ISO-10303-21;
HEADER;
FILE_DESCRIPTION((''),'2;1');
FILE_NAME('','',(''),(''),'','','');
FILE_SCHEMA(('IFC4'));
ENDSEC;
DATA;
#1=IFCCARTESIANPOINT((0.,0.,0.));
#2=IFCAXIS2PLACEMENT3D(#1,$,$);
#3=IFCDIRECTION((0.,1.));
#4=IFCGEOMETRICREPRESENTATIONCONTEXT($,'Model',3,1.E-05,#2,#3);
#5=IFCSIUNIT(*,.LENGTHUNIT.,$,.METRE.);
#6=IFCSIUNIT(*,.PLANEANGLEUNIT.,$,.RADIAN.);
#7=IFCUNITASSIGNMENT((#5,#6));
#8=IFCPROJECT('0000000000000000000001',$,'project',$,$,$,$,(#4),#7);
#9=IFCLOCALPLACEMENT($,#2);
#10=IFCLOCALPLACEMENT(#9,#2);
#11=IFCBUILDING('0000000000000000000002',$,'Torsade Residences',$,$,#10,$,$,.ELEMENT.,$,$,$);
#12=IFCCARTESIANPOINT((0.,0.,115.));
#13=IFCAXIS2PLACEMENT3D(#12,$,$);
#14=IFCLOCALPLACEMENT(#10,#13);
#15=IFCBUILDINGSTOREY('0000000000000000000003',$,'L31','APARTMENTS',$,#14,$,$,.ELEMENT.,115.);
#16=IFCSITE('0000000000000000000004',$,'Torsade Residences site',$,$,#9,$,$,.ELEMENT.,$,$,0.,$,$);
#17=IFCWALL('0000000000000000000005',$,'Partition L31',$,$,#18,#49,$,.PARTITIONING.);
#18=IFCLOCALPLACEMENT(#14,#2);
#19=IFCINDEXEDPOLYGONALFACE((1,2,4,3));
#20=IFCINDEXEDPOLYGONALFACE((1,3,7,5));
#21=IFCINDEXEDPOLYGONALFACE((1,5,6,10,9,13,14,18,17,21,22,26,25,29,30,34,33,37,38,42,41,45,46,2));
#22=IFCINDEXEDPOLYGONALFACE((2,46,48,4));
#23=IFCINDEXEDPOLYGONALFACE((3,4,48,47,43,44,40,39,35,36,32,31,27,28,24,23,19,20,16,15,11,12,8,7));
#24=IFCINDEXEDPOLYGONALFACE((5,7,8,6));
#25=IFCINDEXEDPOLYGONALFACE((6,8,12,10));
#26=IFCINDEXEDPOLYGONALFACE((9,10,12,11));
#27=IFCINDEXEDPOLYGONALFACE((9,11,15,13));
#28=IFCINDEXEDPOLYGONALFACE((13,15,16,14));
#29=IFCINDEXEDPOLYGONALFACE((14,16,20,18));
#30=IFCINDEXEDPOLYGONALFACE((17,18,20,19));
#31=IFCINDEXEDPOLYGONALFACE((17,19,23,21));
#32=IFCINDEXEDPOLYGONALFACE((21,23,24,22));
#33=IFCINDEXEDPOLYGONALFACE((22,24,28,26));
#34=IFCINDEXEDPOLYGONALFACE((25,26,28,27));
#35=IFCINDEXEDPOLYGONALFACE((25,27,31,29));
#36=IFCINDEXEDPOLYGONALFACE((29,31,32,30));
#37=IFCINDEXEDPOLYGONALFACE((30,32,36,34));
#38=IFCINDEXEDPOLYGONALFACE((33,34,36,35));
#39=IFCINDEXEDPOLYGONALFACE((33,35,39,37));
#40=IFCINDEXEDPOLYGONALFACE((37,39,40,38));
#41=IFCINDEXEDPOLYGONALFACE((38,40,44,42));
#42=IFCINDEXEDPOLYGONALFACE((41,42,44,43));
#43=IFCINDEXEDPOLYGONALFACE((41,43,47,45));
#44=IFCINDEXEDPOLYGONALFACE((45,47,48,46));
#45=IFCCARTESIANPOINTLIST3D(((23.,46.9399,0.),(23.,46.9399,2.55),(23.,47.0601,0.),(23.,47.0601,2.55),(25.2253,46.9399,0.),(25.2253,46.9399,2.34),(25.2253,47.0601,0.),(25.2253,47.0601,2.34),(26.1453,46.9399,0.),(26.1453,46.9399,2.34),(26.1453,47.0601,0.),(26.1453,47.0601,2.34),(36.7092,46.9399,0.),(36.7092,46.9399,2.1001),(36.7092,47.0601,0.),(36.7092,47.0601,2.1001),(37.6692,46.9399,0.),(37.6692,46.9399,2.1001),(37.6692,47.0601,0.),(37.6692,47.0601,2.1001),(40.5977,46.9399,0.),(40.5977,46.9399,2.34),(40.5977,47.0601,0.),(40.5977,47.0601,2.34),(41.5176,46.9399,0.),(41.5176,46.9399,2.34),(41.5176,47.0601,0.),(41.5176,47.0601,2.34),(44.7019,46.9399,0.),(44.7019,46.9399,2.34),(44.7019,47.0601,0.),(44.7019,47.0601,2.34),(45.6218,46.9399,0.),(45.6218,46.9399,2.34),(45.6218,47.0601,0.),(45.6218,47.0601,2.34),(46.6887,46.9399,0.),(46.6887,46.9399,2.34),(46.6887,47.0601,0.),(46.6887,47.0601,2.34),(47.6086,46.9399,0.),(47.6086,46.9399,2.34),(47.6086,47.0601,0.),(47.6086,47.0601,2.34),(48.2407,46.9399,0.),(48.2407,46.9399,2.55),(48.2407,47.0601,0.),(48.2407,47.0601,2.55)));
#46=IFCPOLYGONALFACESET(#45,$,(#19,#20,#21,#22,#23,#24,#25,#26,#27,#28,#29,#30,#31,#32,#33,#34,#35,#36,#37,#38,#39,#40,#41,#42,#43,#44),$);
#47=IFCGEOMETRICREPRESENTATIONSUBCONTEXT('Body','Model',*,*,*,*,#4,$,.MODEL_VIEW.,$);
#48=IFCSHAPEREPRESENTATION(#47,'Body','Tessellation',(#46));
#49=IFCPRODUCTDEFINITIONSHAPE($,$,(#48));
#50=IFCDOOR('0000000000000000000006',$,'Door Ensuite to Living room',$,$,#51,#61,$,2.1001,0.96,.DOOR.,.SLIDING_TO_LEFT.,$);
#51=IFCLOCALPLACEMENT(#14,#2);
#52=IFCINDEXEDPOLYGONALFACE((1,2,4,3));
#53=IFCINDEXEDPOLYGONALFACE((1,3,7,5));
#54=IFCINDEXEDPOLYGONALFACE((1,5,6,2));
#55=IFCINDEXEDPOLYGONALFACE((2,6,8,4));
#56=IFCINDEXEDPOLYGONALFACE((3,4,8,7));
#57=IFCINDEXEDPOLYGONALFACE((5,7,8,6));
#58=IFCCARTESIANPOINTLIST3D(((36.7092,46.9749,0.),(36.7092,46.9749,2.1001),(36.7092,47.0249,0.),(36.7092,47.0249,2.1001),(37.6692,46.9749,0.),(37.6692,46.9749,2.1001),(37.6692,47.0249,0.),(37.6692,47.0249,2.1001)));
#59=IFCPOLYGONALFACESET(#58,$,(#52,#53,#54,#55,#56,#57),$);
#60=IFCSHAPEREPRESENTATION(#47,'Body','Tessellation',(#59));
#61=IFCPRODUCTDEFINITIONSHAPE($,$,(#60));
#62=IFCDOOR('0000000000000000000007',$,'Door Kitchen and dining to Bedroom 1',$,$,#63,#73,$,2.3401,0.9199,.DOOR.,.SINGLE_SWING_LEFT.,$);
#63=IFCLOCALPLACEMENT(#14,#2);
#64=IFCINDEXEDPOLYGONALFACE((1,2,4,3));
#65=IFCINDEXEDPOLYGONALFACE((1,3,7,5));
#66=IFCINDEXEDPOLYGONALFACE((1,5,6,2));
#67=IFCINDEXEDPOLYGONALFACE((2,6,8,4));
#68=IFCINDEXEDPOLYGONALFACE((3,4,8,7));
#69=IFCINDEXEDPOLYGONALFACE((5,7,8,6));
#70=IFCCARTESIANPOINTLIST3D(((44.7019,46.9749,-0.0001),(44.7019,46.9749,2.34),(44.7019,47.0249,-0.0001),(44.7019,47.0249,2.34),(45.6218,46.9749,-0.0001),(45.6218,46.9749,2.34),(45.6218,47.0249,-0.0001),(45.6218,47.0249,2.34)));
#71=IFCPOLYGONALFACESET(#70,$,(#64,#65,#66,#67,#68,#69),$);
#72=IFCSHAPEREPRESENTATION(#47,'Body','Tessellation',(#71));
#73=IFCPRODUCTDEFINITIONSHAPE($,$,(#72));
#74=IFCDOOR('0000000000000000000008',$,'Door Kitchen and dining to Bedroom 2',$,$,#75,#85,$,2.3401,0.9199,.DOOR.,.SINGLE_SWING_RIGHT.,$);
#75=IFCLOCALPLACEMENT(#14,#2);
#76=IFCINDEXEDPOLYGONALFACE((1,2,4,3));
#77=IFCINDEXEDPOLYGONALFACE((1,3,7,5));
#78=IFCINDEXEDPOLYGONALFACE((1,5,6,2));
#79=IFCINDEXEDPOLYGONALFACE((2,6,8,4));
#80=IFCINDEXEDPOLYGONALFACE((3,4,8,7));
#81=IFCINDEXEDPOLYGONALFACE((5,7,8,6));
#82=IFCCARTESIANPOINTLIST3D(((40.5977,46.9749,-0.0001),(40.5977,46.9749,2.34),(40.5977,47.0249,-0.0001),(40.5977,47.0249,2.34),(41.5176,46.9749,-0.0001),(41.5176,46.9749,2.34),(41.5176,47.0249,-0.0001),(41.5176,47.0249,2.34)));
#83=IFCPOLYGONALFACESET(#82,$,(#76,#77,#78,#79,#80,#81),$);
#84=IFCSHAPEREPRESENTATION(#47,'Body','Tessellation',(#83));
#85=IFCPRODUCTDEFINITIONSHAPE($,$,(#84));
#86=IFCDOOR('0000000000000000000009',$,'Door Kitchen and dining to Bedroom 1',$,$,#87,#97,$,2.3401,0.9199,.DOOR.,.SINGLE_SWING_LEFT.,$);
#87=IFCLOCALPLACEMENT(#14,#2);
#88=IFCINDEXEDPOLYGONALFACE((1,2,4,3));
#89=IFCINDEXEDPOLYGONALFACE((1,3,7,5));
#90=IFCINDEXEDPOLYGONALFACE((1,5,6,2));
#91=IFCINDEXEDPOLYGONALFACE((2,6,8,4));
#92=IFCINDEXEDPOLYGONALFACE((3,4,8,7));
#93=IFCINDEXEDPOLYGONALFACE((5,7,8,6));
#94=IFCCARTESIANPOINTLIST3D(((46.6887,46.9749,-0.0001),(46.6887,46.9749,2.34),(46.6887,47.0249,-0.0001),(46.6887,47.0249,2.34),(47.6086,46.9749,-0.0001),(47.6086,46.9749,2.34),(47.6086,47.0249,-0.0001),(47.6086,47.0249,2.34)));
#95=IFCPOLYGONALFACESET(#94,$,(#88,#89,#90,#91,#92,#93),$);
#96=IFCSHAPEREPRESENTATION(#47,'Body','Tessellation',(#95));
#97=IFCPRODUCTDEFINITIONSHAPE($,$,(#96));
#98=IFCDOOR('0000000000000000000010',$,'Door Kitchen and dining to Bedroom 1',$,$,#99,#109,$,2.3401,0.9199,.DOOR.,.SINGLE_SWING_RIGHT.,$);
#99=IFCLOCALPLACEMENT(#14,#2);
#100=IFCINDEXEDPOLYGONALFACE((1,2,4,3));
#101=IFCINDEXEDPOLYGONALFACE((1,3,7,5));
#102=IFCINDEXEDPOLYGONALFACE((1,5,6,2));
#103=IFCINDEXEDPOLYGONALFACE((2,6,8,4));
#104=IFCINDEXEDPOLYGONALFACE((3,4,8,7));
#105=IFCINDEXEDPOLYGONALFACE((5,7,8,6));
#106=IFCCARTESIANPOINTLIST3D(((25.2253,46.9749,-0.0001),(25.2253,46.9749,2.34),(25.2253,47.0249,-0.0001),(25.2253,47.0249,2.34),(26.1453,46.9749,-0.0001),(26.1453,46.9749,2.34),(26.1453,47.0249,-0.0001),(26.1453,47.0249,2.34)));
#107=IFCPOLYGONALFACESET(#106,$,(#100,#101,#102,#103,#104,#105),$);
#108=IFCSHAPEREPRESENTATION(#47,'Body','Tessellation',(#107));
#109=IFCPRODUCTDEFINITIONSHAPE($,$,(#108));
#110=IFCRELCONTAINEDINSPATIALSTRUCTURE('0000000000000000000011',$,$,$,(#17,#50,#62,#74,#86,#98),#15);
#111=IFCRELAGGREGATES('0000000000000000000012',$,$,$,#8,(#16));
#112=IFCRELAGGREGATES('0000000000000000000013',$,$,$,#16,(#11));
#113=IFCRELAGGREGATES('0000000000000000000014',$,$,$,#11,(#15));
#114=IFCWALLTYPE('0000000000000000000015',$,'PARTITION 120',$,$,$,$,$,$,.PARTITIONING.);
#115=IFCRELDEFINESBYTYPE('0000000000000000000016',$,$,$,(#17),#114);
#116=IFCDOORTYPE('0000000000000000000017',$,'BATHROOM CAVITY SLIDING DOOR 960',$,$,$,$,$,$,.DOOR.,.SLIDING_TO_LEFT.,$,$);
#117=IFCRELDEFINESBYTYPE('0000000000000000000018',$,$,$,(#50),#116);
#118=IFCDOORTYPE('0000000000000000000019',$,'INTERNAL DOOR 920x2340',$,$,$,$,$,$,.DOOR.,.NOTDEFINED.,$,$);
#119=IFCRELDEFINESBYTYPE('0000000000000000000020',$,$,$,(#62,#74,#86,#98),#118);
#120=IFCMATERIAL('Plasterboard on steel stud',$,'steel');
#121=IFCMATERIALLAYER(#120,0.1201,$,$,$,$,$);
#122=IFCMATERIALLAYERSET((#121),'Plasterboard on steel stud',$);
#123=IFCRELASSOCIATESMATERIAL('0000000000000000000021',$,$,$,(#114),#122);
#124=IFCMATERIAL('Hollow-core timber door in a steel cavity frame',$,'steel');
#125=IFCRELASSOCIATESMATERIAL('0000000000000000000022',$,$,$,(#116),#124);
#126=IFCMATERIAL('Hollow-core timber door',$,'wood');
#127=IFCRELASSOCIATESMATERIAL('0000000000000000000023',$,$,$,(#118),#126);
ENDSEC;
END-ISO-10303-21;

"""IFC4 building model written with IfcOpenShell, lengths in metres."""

from ifc_helpers import new_model, si_unit, direction, frame, frame_2d, origin, place, context, subcontext, project, spatial, rectangle, extrude, material, layer, layer_set, type_object, element, fill, save


model = new_model("IFC4")

# Units and contexts
model_context = context("Model", 3, precision=1e-05, world=origin(), true_north=direction((0.0, 1.0)))
body_context = subcontext(model_context, "Body", "Model", "MODEL_VIEW")
ifc_project = project(units=[si_unit("LENGTHUNIT", "METRE"), si_unit("PLANEANGLEUNIT", "RADIAN")], contexts=[model_context])

# Site, building, storey
site_placement = place(None, origin())
site = spatial("IfcSite", under=ifc_project, at=site_placement, Name="Torsade Residences site", CompositionType="ELEMENT", RefElevation=0.0)
building_placement = place(site_placement, origin())
building = spatial("IfcBuilding", under=site, at=building_placement, Name="Torsade Residences", CompositionType="ELEMENT")
storey_placement = place(building_placement, frame((0.0, 0.0, 115.0)))
storey = spatial("IfcBuildingStorey", under=building, at=storey_placement, Name="L31", Description="APARTMENTS", CompositionType="ELEMENT", Elevation=115.0)

# Wall, openings, doors
ifc_material_1 = material(Name="Plasterboard on steel stud", Category="steel")
ifc_layer_1 = layer(ifc_material_1, 0.1201)
ifc_layer_set_1 = layer_set([ifc_layer_1], Name="Plasterboard on steel stud")
wall_type = type_object("IfcWallType", Name="PARTITION 120", PredefinedType="PARTITIONING", material=ifc_layer_set_1)
wall_placement = place(storey_placement, frame((23.0, 47.0, 0.0), z_axis=(0.0, 0.0, 1.0), x_axis=(1.0, 0.0, 0.0)))
wall = element("IfcWall", 1, at=wall_placement, inside=storey, type_object=wall_type, Name="Partition L31", PredefinedType="PARTITIONING", context=body_context, shape_type="SweptSolid", body=[
    extrude(rectangle(XDim=25.2407, YDim=0.1201, at=frame_2d((12.6204, 0.0))), origin(), (0.0, 0.0, 1.0), 2.55),
])
opening_1_placement = place(wall_placement, frame((21.7019, 0.0, 0.0)))
opening_1 = element("IfcOpeningElement", 2, at=opening_1_placement, cuts=wall, PredefinedType="OPENING", context=body_context, shape_type="SweptSolid", body=[
    extrude(rectangle(XDim=0.9199, YDim=2.3401, at=frame_2d((0.46, 1.1699))), frame((0.0, 0.0701, 0.0), z_axis=(0.0, -1.0, 0.0), x_axis=(1.0, 0.0, 0.0)), (0.0, 0.0, 1.0), 0.1401),
])
opening_2_placement = place(wall_placement, frame((17.5977, 0.0, 0.0)))
opening_2 = element("IfcOpeningElement", 3, at=opening_2_placement, cuts=wall, PredefinedType="OPENING", context=body_context, shape_type="SweptSolid", body=[
    extrude(rectangle(XDim=0.9199, YDim=2.3401, at=frame_2d((0.46, 1.1699))), frame((0.0, 0.0701, 0.0), z_axis=(0.0, -1.0, 0.0), x_axis=(1.0, 0.0, 0.0)), (0.0, 0.0, 1.0), 0.1401),
])
opening_3_placement = place(wall_placement, frame((23.6887, 0.0, 0.0)))
opening_3 = element("IfcOpeningElement", 4, at=opening_3_placement, cuts=wall, PredefinedType="OPENING", context=body_context, shape_type="SweptSolid", body=[
    extrude(rectangle(XDim=0.9199, YDim=2.3401, at=frame_2d((0.46, 1.1699))), frame((0.0, 0.0701, 0.0), z_axis=(0.0, -1.0, 0.0), x_axis=(1.0, 0.0, 0.0)), (0.0, 0.0, 1.0), 0.1401),
])
opening_4_placement = place(wall_placement, frame((2.2253, 0.0, 0.0)))
opening_4 = element("IfcOpeningElement", 5, at=opening_4_placement, cuts=wall, PredefinedType="OPENING", context=body_context, shape_type="SweptSolid", body=[
    extrude(rectangle(XDim=0.9199, YDim=2.3401, at=frame_2d((0.46, 1.1699))), frame((0.0, 0.0701, 0.0), z_axis=(0.0, -1.0, 0.0), x_axis=(1.0, 0.0, 0.0)), (0.0, 0.0, 1.0), 0.1401),
])
opening_5_placement = place(wall_placement, frame((13.7092, 0.0, 0.0)))
opening_5 = element("IfcOpeningElement", 6, at=opening_5_placement, cuts=wall, PredefinedType="OPENING", context=body_context, shape_type="SweptSolid", body=[
    extrude(rectangle(XDim=0.96, YDim=2.1001, at=frame_2d((0.48, 1.05))), frame((0.0, 0.0701, 0.0), z_axis=(0.0, -1.0, 0.0), x_axis=(1.0, 0.0, 0.0)), (0.0, 0.0, 1.0), 0.1401),
])
ifc_material_2 = material(Name="Hollow-core timber door in a steel cavity frame", Category="steel")
door_type_1 = type_object("IfcDoorType", Name="BATHROOM CAVITY SLIDING DOOR 960", OperationType="SLIDING_TO_LEFT", PredefinedType="DOOR", material=ifc_material_2)
door_1_placement = place(opening_5_placement, origin())
door_1 = element("IfcDoor", 7, at=door_1_placement, inside=storey, type_object=door_type_1, Name="Door Ensuite to Living room", OperationType="SLIDING_TO_LEFT", OverallHeight=2.1001, OverallWidth=0.96, PredefinedType="DOOR", context=body_context, shape_type="SweptSolid", body=[
    extrude(rectangle(XDim=0.96, YDim=2.1001, at=frame_2d((0.48, 1.05))), frame((0.0, 0.0249, 0.0), z_axis=(0.0, -1.0, 0.0), x_axis=(1.0, 0.0, 0.0)), (0.0, 0.0, 1.0), 0.05),
])
fill(opening_5, door_1)
ifc_material_3 = material(Name="Hollow-core timber door", Category="wood")
door_type_2 = type_object("IfcDoorType", Name="INTERNAL DOOR 920x2340", OperationType="NOTDEFINED", PredefinedType="DOOR", material=ifc_material_3)
door_2_placement = place(opening_1_placement, origin())
door_2 = element("IfcDoor", 8, at=door_2_placement, inside=storey, type_object=door_type_2, Name="Door Kitchen and dining to Bedroom 1", OperationType="SINGLE_SWING_LEFT", OverallHeight=2.3401, OverallWidth=0.9199, PredefinedType="DOOR", context=body_context, shape_type="SweptSolid", body=[
    extrude(rectangle(XDim=0.9199, YDim=2.3401, at=frame_2d((0.46, 1.1699))), frame((0.0, 0.0249, 0.0), z_axis=(0.0, -1.0, 0.0), x_axis=(1.0, 0.0, 0.0)), (0.0, 0.0, 1.0), 0.05),
])
fill(opening_1, door_2)
door_3_placement = place(opening_2_placement, origin())
door_3 = element("IfcDoor", 9, at=door_3_placement, inside=storey, type_object=door_type_2, Name="Door Kitchen and dining to Bedroom 2", OperationType="SINGLE_SWING_RIGHT", OverallHeight=2.3401, OverallWidth=0.9199, PredefinedType="DOOR", context=body_context, shape_type="SweptSolid", body=[
    extrude(rectangle(XDim=0.9199, YDim=2.3401, at=frame_2d((0.46, 1.1699))), frame((0.0, 0.0249, 0.0), z_axis=(0.0, -1.0, 0.0), x_axis=(1.0, 0.0, 0.0)), (0.0, 0.0, 1.0), 0.05),
])
fill(opening_2, door_3)
door_4_placement = place(opening_3_placement, origin())
door_4 = element("IfcDoor", 10, at=door_4_placement, inside=storey, type_object=door_type_2, Name="Door Kitchen and dining to Bedroom 1", OperationType="SINGLE_SWING_LEFT", OverallHeight=2.3401, OverallWidth=0.9199, PredefinedType="DOOR", context=body_context, shape_type="SweptSolid", body=[
    extrude(rectangle(XDim=0.9199, YDim=2.3401, at=frame_2d((0.46, 1.1699))), frame((0.0, 0.0249, 0.0), z_axis=(0.0, -1.0, 0.0), x_axis=(1.0, 0.0, 0.0)), (0.0, 0.0, 1.0), 0.05),
])
fill(opening_3, door_4)
door_5_placement = place(opening_4_placement, origin())
door_5 = element("IfcDoor", 11, at=door_5_placement, inside=storey, type_object=door_type_2, Name="Door Kitchen and dining to Bedroom 1", OperationType="SINGLE_SWING_RIGHT", OverallHeight=2.3401, OverallWidth=0.9199, PredefinedType="DOOR", context=body_context, shape_type="SweptSolid", body=[
    extrude(rectangle(XDim=0.9199, YDim=2.3401, at=frame_2d((0.46, 1.1699))), frame((0.0, 0.0249, 0.0), z_axis=(0.0, -1.0, 0.0), x_axis=(1.0, 0.0, 0.0)), (0.0, 0.0, 1.0), 0.05),
])
fill(opening_4, door_5)

save(model, "model.ifc")
